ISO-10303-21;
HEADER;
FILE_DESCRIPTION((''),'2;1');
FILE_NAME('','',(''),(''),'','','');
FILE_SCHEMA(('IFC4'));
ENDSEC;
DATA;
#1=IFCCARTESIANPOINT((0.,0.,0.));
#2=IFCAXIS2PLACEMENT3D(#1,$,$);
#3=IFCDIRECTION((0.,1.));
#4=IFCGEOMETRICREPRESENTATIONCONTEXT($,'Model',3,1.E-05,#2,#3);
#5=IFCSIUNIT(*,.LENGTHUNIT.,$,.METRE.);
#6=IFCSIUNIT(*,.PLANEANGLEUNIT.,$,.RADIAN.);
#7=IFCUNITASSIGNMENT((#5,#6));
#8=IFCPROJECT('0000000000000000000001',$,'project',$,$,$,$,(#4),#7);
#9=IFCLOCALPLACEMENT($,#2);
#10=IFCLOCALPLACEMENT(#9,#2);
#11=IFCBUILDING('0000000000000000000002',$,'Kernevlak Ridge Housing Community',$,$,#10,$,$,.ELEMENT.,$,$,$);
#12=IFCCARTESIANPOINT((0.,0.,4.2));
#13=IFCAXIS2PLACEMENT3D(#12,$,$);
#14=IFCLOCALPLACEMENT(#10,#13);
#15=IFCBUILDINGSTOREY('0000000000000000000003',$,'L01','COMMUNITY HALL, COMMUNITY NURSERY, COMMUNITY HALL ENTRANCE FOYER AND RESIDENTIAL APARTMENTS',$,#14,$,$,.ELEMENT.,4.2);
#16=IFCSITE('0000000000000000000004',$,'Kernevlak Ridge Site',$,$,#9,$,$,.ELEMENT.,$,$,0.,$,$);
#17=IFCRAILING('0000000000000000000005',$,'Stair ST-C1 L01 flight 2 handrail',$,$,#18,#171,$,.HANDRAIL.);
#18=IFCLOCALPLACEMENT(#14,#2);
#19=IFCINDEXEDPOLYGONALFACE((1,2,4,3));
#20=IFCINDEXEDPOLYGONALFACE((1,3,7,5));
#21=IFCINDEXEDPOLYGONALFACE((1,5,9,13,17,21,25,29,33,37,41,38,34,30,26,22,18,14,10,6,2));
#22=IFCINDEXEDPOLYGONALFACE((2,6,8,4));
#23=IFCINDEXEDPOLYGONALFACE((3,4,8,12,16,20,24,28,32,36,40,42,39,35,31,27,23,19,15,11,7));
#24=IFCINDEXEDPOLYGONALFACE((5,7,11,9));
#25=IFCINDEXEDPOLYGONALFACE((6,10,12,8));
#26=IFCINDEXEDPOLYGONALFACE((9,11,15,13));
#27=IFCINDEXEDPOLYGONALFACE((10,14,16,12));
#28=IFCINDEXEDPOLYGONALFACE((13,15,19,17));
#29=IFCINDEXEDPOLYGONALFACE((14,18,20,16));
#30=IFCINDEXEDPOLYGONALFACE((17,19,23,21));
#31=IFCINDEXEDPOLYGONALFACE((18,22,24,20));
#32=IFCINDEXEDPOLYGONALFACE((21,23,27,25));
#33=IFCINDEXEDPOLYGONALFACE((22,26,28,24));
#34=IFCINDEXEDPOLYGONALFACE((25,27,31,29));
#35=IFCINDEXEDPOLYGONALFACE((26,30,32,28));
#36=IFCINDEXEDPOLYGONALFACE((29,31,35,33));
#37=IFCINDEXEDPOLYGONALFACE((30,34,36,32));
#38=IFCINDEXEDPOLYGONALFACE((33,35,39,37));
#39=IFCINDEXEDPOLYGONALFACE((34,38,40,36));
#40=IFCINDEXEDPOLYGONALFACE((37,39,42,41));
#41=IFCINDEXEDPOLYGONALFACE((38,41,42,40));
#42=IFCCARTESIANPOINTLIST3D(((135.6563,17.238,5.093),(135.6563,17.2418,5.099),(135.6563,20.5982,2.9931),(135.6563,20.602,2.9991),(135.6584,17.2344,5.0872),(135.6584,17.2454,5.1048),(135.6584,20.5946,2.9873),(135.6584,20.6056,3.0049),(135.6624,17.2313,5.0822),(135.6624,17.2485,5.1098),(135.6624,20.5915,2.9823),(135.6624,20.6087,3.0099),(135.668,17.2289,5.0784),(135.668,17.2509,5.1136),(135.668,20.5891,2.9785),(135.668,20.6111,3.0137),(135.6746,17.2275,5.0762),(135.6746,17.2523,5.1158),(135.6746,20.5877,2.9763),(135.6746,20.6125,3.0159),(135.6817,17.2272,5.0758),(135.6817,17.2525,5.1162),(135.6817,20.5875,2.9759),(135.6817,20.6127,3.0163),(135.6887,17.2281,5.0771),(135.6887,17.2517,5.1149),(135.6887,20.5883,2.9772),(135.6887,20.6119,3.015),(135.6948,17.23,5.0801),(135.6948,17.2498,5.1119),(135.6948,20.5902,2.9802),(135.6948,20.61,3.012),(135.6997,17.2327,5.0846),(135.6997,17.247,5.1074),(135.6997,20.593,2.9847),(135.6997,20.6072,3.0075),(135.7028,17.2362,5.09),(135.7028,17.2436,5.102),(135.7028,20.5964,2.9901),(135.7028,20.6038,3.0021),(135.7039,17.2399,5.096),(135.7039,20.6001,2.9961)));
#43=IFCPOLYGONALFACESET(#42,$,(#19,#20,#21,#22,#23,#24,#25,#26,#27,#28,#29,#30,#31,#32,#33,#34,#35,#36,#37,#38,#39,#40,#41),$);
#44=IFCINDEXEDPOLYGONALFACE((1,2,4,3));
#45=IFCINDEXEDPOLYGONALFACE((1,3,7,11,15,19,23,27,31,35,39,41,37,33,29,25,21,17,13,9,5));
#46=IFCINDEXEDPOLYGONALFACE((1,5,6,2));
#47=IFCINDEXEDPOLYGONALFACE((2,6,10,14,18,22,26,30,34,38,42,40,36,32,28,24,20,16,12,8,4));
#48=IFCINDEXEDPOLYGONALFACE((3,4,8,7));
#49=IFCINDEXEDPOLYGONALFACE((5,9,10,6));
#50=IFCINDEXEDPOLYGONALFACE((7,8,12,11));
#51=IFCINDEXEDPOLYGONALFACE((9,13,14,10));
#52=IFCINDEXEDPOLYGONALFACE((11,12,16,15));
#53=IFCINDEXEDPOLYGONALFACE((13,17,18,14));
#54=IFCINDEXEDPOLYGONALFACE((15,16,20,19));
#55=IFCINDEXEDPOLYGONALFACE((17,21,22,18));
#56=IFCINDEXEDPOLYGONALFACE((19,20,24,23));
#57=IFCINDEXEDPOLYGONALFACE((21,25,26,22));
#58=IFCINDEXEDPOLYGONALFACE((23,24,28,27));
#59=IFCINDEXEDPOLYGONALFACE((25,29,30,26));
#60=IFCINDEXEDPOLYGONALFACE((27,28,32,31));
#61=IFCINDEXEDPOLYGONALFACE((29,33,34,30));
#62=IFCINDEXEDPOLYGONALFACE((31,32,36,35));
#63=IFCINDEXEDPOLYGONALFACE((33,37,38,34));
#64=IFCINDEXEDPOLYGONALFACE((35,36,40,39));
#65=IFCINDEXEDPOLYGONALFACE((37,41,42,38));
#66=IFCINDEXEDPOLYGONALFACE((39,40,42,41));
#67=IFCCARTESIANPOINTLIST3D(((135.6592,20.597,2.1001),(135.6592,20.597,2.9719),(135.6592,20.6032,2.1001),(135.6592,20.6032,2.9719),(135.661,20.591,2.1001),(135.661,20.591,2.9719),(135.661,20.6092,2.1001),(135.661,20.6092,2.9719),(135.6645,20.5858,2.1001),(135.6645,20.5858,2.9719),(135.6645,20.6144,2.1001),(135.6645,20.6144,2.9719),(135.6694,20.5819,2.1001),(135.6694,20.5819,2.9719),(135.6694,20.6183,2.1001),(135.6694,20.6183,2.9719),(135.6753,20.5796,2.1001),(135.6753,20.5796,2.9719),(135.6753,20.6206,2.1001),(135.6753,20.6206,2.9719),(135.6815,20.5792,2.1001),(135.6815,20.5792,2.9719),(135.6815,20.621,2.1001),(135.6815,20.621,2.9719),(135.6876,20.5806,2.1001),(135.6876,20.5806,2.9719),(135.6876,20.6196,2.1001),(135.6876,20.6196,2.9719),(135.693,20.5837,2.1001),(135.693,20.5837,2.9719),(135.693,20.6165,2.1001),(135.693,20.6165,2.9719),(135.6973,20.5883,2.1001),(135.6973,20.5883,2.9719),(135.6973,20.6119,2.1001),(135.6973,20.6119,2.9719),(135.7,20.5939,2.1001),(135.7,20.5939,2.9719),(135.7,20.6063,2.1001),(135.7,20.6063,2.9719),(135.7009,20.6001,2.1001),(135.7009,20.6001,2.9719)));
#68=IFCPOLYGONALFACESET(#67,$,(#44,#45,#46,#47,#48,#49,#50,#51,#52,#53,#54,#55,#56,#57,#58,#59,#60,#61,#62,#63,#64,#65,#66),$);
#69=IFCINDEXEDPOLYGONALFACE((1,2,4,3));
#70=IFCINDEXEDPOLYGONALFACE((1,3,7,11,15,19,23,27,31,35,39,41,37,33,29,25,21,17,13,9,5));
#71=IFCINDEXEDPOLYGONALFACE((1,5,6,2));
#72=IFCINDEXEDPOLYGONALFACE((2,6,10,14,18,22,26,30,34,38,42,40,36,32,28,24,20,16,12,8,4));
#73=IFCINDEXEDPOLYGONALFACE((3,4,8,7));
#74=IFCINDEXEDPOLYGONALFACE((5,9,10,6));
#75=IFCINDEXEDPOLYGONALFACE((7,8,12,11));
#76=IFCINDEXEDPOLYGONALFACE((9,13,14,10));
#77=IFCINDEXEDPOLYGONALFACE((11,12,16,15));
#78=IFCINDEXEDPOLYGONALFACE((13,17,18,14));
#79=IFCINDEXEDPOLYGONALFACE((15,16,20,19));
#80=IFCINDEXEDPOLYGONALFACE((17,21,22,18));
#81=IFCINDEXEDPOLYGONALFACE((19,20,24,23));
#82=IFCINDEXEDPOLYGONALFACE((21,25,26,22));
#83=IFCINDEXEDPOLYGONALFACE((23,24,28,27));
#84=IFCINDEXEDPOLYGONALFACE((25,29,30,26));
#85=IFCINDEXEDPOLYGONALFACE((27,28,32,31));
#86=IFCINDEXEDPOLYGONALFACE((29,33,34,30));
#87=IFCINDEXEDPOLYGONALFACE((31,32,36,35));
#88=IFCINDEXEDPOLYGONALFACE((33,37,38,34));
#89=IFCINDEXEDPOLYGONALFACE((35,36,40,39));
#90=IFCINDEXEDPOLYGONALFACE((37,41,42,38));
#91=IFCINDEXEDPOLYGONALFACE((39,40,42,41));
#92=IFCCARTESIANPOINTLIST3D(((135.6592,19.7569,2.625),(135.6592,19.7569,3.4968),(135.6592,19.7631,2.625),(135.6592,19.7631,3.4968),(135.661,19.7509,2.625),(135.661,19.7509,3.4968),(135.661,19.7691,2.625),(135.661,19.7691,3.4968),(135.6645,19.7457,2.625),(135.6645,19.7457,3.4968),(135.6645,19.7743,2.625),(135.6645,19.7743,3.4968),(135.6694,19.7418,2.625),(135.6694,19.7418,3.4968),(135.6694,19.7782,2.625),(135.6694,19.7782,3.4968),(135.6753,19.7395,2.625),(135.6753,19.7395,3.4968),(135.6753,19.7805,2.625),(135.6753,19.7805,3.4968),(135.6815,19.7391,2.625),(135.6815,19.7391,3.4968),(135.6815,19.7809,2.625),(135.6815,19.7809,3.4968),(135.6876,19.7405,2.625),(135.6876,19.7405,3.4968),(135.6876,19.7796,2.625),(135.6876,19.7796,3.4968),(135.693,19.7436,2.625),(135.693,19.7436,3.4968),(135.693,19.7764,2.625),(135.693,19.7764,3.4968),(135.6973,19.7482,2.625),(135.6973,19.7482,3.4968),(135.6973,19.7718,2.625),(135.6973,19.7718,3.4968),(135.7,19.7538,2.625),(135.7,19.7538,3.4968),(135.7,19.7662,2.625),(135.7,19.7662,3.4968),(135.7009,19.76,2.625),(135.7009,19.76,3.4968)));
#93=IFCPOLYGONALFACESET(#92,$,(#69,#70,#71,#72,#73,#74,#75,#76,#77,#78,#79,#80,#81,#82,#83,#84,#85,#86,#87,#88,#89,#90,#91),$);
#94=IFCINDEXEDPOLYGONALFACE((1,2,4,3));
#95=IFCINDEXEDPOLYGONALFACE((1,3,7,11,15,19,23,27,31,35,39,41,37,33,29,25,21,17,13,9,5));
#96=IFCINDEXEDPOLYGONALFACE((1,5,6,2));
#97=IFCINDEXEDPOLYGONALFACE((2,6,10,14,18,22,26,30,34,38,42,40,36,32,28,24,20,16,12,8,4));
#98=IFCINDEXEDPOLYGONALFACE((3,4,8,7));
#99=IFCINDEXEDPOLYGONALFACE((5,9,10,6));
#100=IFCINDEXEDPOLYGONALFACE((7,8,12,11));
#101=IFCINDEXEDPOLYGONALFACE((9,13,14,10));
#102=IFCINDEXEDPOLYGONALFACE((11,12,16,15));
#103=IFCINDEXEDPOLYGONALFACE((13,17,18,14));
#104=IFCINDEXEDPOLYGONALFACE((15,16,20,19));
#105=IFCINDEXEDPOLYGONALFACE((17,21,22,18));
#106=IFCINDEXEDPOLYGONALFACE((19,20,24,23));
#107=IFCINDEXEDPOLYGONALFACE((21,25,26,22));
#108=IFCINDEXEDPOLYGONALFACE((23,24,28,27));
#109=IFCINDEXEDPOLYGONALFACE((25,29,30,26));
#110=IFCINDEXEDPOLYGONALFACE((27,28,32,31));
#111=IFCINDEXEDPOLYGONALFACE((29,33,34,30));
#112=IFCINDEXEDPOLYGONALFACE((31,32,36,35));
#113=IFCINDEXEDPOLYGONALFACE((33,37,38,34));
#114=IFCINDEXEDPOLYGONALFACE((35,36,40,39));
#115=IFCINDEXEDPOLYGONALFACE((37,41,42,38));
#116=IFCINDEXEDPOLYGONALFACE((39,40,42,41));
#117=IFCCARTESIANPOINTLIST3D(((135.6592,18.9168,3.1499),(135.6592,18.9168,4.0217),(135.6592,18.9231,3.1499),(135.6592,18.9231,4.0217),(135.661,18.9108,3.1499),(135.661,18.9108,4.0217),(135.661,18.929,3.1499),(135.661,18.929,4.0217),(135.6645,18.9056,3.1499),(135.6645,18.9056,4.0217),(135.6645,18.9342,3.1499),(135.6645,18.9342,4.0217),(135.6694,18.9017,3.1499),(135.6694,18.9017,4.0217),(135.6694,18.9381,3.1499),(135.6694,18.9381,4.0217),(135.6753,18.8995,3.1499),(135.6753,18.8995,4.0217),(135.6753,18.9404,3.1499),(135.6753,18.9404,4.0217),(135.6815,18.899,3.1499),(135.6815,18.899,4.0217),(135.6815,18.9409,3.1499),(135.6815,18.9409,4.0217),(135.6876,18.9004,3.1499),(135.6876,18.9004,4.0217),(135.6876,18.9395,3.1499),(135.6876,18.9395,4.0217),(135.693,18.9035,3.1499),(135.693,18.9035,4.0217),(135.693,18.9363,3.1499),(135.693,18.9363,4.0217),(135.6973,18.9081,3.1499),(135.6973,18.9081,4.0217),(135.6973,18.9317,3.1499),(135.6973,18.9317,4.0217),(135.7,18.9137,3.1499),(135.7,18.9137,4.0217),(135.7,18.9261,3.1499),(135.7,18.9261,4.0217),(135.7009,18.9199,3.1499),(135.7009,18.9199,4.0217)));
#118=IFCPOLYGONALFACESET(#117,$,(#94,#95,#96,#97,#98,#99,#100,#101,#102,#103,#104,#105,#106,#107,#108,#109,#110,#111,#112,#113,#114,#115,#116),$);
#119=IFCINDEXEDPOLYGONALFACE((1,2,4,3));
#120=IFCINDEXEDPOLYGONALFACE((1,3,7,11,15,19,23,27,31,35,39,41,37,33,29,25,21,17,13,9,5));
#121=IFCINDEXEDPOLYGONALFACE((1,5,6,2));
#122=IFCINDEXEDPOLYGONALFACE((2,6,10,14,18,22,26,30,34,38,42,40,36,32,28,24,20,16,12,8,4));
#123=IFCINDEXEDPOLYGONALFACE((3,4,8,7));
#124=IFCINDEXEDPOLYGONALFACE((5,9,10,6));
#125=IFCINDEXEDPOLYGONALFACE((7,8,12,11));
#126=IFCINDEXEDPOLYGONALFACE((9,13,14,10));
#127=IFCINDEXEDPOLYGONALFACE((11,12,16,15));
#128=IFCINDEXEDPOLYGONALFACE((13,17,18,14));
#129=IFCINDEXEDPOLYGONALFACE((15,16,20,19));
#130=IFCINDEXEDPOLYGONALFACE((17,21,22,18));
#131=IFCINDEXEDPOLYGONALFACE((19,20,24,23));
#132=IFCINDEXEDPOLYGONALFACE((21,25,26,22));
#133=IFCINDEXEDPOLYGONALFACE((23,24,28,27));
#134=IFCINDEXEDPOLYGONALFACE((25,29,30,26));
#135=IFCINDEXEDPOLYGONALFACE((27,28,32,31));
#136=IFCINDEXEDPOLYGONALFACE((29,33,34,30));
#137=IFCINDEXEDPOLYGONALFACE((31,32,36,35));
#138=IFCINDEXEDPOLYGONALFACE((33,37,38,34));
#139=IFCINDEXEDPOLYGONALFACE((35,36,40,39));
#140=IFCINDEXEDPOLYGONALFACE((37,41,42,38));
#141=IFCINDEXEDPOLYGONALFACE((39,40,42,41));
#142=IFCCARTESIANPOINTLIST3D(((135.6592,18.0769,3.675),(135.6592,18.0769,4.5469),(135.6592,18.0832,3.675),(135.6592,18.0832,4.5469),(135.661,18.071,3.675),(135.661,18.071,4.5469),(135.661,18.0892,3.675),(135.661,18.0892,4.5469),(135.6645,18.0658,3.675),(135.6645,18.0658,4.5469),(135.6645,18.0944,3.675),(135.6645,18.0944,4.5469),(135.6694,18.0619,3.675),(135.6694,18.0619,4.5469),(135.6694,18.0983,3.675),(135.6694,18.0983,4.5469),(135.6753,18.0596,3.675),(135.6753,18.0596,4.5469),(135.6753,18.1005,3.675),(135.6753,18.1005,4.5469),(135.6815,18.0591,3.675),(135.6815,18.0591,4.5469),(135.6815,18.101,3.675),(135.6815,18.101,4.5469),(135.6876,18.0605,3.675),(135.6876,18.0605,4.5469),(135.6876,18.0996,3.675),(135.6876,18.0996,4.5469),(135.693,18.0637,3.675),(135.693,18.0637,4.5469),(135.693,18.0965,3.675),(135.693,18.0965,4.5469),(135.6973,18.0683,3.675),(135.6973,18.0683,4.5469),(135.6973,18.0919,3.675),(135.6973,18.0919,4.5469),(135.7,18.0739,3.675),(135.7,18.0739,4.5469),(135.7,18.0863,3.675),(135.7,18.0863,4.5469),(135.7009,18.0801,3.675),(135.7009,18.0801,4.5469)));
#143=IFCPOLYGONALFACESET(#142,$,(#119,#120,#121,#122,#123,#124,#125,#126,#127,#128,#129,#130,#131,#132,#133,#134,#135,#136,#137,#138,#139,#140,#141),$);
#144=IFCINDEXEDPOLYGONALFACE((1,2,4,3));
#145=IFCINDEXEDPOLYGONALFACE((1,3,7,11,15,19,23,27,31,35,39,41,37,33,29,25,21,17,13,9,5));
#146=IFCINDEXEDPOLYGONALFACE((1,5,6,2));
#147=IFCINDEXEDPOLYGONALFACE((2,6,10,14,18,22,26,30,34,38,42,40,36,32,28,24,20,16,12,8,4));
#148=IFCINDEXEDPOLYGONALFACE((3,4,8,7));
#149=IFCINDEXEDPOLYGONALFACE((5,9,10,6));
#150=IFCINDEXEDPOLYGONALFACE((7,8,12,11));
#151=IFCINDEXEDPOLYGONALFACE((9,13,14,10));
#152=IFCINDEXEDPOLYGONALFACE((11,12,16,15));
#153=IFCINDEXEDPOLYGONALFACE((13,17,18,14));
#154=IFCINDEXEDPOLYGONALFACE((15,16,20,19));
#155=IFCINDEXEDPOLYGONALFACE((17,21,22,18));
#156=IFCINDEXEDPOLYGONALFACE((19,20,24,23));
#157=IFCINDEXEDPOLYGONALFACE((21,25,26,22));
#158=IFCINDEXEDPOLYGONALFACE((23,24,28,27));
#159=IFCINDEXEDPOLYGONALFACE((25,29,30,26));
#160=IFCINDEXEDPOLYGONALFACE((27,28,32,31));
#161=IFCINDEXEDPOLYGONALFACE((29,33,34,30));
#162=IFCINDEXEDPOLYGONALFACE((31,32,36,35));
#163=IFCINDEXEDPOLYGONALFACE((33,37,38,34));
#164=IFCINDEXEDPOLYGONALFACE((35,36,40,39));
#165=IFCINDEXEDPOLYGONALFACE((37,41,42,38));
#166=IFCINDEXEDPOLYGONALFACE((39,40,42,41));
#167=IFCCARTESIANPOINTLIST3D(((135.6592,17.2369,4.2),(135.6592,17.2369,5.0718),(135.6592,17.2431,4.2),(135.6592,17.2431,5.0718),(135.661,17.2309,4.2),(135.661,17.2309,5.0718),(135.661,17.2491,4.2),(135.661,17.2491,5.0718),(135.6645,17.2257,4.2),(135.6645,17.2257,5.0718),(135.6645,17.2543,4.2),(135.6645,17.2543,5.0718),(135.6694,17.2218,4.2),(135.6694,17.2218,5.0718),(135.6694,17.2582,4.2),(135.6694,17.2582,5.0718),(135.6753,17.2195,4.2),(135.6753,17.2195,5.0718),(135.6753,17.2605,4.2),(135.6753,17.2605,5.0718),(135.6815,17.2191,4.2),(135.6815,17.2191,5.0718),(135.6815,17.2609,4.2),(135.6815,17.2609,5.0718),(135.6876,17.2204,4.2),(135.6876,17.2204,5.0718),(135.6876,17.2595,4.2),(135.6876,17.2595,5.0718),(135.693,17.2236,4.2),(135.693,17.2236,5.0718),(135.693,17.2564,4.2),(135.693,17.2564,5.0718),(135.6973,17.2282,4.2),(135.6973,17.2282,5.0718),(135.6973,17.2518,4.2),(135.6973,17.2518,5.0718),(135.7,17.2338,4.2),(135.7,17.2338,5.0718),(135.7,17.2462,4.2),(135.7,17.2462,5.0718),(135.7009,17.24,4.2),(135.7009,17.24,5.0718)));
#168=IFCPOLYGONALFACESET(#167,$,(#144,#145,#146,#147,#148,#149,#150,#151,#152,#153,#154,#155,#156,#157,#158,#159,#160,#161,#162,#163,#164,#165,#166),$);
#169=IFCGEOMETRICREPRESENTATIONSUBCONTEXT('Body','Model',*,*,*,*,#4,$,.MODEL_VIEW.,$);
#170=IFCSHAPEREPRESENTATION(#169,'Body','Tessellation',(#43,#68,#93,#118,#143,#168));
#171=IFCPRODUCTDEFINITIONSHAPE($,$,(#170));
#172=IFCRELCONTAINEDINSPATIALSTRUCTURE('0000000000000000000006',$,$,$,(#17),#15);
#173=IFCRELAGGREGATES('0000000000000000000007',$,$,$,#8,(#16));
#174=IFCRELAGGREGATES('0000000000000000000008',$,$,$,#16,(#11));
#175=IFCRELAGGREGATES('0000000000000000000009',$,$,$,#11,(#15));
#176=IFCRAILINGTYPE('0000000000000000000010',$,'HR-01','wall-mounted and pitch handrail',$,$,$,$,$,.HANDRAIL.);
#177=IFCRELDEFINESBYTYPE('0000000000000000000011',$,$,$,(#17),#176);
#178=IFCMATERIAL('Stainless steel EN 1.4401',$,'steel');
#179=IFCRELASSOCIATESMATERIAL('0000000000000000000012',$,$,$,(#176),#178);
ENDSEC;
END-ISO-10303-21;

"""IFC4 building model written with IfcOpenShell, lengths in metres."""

from ifc_helpers import new_model, si_unit, direction, frame, origin, origin_2d, place, context, subcontext, project, spatial, circle, extrude, material, type_object, element, save


model = new_model("IFC4")

# Units and contexts
model_context = context("Model", 3, precision=1e-05, world=origin(), true_north=direction((0.0, 1.0)))
body_context = subcontext(model_context, "Body", "Model", "MODEL_VIEW")
ifc_project = project(units=[si_unit("LENGTHUNIT", "METRE"), si_unit("PLANEANGLEUNIT", "RADIAN")], contexts=[model_context])

# Site, building, storey
site_placement = place(None, origin())
site = spatial("IfcSite", under=ifc_project, at=site_placement, Name="Kernevlak Ridge Site", CompositionType="ELEMENT", RefElevation=0.0)
building_placement = place(site_placement, origin())
building = spatial("IfcBuilding", under=site, at=building_placement, Name="Kernevlak Ridge Housing Community", CompositionType="ELEMENT")
storey_placement = place(building_placement, frame((0.0, 0.0, 4.2)))
storey = spatial("IfcBuildingStorey", under=building, at=storey_placement, Name="L01", Description="COMMUNITY HALL, COMMUNITY NURSERY, COMMUNITY HALL ENTRANCE FOYER AND RESIDENTIAL APARTMENTS", CompositionType="ELEMENT", Elevation=4.2)

# Shared definitions
ifc_material_1 = material(Name="Stainless steel EN 1.4401", Category="steel")

# Railing
railing_type_1 = type_object("IfcRailingType", Name="HR-01", Description="wall-mounted and pitch handrail", PredefinedType="HANDRAIL", material=ifc_material_1)
railing_1_placement = place(storey_placement, frame((135.6799, 20.6001, 2.1001)))
element("IfcRailing", 1, at=railing_1_placement, inside=storey, type_object=railing_type_1, Name="Stair ST-C1 L01 flight 2 handrail", PredefinedType="HANDRAIL", context=body_context, shape_type="SweptSolid", body=[
    extrude(circle(Radius=0.0239, at=origin_2d()), frame((0.0, 0.0, 0.896), z_axis=(0.0, -0.848023, 0.52996), x_axis=(1.0, 0.0, 0.0)), (0.0, 0.0, 1.0), 3.9624),
    extrude(circle(Radius=0.021, at=origin_2d()), origin(), (0.0, 0.0, 1.0), 0.8718),
    extrude(circle(Radius=0.021, at=origin_2d()), frame((0.0, -0.8401, 0.5249)), (0.0, 0.0, 1.0), 0.8718),
    extrude(circle(Radius=0.021, at=origin_2d()), frame((0.0, -1.6802, 1.0498)), (0.0, 0.0, 1.0), 0.8718),
    extrude(circle(Radius=0.021, at=origin_2d()), frame((0.0, -2.52, 1.575)), (0.0, 0.0, 1.0), 0.8718),
    extrude(circle(Radius=0.021, at=origin_2d()), frame((0.0, -3.3601, 2.0999)), (0.0, 0.0, 1.0), 0.8718),
])

save(model, "model.ifc")
